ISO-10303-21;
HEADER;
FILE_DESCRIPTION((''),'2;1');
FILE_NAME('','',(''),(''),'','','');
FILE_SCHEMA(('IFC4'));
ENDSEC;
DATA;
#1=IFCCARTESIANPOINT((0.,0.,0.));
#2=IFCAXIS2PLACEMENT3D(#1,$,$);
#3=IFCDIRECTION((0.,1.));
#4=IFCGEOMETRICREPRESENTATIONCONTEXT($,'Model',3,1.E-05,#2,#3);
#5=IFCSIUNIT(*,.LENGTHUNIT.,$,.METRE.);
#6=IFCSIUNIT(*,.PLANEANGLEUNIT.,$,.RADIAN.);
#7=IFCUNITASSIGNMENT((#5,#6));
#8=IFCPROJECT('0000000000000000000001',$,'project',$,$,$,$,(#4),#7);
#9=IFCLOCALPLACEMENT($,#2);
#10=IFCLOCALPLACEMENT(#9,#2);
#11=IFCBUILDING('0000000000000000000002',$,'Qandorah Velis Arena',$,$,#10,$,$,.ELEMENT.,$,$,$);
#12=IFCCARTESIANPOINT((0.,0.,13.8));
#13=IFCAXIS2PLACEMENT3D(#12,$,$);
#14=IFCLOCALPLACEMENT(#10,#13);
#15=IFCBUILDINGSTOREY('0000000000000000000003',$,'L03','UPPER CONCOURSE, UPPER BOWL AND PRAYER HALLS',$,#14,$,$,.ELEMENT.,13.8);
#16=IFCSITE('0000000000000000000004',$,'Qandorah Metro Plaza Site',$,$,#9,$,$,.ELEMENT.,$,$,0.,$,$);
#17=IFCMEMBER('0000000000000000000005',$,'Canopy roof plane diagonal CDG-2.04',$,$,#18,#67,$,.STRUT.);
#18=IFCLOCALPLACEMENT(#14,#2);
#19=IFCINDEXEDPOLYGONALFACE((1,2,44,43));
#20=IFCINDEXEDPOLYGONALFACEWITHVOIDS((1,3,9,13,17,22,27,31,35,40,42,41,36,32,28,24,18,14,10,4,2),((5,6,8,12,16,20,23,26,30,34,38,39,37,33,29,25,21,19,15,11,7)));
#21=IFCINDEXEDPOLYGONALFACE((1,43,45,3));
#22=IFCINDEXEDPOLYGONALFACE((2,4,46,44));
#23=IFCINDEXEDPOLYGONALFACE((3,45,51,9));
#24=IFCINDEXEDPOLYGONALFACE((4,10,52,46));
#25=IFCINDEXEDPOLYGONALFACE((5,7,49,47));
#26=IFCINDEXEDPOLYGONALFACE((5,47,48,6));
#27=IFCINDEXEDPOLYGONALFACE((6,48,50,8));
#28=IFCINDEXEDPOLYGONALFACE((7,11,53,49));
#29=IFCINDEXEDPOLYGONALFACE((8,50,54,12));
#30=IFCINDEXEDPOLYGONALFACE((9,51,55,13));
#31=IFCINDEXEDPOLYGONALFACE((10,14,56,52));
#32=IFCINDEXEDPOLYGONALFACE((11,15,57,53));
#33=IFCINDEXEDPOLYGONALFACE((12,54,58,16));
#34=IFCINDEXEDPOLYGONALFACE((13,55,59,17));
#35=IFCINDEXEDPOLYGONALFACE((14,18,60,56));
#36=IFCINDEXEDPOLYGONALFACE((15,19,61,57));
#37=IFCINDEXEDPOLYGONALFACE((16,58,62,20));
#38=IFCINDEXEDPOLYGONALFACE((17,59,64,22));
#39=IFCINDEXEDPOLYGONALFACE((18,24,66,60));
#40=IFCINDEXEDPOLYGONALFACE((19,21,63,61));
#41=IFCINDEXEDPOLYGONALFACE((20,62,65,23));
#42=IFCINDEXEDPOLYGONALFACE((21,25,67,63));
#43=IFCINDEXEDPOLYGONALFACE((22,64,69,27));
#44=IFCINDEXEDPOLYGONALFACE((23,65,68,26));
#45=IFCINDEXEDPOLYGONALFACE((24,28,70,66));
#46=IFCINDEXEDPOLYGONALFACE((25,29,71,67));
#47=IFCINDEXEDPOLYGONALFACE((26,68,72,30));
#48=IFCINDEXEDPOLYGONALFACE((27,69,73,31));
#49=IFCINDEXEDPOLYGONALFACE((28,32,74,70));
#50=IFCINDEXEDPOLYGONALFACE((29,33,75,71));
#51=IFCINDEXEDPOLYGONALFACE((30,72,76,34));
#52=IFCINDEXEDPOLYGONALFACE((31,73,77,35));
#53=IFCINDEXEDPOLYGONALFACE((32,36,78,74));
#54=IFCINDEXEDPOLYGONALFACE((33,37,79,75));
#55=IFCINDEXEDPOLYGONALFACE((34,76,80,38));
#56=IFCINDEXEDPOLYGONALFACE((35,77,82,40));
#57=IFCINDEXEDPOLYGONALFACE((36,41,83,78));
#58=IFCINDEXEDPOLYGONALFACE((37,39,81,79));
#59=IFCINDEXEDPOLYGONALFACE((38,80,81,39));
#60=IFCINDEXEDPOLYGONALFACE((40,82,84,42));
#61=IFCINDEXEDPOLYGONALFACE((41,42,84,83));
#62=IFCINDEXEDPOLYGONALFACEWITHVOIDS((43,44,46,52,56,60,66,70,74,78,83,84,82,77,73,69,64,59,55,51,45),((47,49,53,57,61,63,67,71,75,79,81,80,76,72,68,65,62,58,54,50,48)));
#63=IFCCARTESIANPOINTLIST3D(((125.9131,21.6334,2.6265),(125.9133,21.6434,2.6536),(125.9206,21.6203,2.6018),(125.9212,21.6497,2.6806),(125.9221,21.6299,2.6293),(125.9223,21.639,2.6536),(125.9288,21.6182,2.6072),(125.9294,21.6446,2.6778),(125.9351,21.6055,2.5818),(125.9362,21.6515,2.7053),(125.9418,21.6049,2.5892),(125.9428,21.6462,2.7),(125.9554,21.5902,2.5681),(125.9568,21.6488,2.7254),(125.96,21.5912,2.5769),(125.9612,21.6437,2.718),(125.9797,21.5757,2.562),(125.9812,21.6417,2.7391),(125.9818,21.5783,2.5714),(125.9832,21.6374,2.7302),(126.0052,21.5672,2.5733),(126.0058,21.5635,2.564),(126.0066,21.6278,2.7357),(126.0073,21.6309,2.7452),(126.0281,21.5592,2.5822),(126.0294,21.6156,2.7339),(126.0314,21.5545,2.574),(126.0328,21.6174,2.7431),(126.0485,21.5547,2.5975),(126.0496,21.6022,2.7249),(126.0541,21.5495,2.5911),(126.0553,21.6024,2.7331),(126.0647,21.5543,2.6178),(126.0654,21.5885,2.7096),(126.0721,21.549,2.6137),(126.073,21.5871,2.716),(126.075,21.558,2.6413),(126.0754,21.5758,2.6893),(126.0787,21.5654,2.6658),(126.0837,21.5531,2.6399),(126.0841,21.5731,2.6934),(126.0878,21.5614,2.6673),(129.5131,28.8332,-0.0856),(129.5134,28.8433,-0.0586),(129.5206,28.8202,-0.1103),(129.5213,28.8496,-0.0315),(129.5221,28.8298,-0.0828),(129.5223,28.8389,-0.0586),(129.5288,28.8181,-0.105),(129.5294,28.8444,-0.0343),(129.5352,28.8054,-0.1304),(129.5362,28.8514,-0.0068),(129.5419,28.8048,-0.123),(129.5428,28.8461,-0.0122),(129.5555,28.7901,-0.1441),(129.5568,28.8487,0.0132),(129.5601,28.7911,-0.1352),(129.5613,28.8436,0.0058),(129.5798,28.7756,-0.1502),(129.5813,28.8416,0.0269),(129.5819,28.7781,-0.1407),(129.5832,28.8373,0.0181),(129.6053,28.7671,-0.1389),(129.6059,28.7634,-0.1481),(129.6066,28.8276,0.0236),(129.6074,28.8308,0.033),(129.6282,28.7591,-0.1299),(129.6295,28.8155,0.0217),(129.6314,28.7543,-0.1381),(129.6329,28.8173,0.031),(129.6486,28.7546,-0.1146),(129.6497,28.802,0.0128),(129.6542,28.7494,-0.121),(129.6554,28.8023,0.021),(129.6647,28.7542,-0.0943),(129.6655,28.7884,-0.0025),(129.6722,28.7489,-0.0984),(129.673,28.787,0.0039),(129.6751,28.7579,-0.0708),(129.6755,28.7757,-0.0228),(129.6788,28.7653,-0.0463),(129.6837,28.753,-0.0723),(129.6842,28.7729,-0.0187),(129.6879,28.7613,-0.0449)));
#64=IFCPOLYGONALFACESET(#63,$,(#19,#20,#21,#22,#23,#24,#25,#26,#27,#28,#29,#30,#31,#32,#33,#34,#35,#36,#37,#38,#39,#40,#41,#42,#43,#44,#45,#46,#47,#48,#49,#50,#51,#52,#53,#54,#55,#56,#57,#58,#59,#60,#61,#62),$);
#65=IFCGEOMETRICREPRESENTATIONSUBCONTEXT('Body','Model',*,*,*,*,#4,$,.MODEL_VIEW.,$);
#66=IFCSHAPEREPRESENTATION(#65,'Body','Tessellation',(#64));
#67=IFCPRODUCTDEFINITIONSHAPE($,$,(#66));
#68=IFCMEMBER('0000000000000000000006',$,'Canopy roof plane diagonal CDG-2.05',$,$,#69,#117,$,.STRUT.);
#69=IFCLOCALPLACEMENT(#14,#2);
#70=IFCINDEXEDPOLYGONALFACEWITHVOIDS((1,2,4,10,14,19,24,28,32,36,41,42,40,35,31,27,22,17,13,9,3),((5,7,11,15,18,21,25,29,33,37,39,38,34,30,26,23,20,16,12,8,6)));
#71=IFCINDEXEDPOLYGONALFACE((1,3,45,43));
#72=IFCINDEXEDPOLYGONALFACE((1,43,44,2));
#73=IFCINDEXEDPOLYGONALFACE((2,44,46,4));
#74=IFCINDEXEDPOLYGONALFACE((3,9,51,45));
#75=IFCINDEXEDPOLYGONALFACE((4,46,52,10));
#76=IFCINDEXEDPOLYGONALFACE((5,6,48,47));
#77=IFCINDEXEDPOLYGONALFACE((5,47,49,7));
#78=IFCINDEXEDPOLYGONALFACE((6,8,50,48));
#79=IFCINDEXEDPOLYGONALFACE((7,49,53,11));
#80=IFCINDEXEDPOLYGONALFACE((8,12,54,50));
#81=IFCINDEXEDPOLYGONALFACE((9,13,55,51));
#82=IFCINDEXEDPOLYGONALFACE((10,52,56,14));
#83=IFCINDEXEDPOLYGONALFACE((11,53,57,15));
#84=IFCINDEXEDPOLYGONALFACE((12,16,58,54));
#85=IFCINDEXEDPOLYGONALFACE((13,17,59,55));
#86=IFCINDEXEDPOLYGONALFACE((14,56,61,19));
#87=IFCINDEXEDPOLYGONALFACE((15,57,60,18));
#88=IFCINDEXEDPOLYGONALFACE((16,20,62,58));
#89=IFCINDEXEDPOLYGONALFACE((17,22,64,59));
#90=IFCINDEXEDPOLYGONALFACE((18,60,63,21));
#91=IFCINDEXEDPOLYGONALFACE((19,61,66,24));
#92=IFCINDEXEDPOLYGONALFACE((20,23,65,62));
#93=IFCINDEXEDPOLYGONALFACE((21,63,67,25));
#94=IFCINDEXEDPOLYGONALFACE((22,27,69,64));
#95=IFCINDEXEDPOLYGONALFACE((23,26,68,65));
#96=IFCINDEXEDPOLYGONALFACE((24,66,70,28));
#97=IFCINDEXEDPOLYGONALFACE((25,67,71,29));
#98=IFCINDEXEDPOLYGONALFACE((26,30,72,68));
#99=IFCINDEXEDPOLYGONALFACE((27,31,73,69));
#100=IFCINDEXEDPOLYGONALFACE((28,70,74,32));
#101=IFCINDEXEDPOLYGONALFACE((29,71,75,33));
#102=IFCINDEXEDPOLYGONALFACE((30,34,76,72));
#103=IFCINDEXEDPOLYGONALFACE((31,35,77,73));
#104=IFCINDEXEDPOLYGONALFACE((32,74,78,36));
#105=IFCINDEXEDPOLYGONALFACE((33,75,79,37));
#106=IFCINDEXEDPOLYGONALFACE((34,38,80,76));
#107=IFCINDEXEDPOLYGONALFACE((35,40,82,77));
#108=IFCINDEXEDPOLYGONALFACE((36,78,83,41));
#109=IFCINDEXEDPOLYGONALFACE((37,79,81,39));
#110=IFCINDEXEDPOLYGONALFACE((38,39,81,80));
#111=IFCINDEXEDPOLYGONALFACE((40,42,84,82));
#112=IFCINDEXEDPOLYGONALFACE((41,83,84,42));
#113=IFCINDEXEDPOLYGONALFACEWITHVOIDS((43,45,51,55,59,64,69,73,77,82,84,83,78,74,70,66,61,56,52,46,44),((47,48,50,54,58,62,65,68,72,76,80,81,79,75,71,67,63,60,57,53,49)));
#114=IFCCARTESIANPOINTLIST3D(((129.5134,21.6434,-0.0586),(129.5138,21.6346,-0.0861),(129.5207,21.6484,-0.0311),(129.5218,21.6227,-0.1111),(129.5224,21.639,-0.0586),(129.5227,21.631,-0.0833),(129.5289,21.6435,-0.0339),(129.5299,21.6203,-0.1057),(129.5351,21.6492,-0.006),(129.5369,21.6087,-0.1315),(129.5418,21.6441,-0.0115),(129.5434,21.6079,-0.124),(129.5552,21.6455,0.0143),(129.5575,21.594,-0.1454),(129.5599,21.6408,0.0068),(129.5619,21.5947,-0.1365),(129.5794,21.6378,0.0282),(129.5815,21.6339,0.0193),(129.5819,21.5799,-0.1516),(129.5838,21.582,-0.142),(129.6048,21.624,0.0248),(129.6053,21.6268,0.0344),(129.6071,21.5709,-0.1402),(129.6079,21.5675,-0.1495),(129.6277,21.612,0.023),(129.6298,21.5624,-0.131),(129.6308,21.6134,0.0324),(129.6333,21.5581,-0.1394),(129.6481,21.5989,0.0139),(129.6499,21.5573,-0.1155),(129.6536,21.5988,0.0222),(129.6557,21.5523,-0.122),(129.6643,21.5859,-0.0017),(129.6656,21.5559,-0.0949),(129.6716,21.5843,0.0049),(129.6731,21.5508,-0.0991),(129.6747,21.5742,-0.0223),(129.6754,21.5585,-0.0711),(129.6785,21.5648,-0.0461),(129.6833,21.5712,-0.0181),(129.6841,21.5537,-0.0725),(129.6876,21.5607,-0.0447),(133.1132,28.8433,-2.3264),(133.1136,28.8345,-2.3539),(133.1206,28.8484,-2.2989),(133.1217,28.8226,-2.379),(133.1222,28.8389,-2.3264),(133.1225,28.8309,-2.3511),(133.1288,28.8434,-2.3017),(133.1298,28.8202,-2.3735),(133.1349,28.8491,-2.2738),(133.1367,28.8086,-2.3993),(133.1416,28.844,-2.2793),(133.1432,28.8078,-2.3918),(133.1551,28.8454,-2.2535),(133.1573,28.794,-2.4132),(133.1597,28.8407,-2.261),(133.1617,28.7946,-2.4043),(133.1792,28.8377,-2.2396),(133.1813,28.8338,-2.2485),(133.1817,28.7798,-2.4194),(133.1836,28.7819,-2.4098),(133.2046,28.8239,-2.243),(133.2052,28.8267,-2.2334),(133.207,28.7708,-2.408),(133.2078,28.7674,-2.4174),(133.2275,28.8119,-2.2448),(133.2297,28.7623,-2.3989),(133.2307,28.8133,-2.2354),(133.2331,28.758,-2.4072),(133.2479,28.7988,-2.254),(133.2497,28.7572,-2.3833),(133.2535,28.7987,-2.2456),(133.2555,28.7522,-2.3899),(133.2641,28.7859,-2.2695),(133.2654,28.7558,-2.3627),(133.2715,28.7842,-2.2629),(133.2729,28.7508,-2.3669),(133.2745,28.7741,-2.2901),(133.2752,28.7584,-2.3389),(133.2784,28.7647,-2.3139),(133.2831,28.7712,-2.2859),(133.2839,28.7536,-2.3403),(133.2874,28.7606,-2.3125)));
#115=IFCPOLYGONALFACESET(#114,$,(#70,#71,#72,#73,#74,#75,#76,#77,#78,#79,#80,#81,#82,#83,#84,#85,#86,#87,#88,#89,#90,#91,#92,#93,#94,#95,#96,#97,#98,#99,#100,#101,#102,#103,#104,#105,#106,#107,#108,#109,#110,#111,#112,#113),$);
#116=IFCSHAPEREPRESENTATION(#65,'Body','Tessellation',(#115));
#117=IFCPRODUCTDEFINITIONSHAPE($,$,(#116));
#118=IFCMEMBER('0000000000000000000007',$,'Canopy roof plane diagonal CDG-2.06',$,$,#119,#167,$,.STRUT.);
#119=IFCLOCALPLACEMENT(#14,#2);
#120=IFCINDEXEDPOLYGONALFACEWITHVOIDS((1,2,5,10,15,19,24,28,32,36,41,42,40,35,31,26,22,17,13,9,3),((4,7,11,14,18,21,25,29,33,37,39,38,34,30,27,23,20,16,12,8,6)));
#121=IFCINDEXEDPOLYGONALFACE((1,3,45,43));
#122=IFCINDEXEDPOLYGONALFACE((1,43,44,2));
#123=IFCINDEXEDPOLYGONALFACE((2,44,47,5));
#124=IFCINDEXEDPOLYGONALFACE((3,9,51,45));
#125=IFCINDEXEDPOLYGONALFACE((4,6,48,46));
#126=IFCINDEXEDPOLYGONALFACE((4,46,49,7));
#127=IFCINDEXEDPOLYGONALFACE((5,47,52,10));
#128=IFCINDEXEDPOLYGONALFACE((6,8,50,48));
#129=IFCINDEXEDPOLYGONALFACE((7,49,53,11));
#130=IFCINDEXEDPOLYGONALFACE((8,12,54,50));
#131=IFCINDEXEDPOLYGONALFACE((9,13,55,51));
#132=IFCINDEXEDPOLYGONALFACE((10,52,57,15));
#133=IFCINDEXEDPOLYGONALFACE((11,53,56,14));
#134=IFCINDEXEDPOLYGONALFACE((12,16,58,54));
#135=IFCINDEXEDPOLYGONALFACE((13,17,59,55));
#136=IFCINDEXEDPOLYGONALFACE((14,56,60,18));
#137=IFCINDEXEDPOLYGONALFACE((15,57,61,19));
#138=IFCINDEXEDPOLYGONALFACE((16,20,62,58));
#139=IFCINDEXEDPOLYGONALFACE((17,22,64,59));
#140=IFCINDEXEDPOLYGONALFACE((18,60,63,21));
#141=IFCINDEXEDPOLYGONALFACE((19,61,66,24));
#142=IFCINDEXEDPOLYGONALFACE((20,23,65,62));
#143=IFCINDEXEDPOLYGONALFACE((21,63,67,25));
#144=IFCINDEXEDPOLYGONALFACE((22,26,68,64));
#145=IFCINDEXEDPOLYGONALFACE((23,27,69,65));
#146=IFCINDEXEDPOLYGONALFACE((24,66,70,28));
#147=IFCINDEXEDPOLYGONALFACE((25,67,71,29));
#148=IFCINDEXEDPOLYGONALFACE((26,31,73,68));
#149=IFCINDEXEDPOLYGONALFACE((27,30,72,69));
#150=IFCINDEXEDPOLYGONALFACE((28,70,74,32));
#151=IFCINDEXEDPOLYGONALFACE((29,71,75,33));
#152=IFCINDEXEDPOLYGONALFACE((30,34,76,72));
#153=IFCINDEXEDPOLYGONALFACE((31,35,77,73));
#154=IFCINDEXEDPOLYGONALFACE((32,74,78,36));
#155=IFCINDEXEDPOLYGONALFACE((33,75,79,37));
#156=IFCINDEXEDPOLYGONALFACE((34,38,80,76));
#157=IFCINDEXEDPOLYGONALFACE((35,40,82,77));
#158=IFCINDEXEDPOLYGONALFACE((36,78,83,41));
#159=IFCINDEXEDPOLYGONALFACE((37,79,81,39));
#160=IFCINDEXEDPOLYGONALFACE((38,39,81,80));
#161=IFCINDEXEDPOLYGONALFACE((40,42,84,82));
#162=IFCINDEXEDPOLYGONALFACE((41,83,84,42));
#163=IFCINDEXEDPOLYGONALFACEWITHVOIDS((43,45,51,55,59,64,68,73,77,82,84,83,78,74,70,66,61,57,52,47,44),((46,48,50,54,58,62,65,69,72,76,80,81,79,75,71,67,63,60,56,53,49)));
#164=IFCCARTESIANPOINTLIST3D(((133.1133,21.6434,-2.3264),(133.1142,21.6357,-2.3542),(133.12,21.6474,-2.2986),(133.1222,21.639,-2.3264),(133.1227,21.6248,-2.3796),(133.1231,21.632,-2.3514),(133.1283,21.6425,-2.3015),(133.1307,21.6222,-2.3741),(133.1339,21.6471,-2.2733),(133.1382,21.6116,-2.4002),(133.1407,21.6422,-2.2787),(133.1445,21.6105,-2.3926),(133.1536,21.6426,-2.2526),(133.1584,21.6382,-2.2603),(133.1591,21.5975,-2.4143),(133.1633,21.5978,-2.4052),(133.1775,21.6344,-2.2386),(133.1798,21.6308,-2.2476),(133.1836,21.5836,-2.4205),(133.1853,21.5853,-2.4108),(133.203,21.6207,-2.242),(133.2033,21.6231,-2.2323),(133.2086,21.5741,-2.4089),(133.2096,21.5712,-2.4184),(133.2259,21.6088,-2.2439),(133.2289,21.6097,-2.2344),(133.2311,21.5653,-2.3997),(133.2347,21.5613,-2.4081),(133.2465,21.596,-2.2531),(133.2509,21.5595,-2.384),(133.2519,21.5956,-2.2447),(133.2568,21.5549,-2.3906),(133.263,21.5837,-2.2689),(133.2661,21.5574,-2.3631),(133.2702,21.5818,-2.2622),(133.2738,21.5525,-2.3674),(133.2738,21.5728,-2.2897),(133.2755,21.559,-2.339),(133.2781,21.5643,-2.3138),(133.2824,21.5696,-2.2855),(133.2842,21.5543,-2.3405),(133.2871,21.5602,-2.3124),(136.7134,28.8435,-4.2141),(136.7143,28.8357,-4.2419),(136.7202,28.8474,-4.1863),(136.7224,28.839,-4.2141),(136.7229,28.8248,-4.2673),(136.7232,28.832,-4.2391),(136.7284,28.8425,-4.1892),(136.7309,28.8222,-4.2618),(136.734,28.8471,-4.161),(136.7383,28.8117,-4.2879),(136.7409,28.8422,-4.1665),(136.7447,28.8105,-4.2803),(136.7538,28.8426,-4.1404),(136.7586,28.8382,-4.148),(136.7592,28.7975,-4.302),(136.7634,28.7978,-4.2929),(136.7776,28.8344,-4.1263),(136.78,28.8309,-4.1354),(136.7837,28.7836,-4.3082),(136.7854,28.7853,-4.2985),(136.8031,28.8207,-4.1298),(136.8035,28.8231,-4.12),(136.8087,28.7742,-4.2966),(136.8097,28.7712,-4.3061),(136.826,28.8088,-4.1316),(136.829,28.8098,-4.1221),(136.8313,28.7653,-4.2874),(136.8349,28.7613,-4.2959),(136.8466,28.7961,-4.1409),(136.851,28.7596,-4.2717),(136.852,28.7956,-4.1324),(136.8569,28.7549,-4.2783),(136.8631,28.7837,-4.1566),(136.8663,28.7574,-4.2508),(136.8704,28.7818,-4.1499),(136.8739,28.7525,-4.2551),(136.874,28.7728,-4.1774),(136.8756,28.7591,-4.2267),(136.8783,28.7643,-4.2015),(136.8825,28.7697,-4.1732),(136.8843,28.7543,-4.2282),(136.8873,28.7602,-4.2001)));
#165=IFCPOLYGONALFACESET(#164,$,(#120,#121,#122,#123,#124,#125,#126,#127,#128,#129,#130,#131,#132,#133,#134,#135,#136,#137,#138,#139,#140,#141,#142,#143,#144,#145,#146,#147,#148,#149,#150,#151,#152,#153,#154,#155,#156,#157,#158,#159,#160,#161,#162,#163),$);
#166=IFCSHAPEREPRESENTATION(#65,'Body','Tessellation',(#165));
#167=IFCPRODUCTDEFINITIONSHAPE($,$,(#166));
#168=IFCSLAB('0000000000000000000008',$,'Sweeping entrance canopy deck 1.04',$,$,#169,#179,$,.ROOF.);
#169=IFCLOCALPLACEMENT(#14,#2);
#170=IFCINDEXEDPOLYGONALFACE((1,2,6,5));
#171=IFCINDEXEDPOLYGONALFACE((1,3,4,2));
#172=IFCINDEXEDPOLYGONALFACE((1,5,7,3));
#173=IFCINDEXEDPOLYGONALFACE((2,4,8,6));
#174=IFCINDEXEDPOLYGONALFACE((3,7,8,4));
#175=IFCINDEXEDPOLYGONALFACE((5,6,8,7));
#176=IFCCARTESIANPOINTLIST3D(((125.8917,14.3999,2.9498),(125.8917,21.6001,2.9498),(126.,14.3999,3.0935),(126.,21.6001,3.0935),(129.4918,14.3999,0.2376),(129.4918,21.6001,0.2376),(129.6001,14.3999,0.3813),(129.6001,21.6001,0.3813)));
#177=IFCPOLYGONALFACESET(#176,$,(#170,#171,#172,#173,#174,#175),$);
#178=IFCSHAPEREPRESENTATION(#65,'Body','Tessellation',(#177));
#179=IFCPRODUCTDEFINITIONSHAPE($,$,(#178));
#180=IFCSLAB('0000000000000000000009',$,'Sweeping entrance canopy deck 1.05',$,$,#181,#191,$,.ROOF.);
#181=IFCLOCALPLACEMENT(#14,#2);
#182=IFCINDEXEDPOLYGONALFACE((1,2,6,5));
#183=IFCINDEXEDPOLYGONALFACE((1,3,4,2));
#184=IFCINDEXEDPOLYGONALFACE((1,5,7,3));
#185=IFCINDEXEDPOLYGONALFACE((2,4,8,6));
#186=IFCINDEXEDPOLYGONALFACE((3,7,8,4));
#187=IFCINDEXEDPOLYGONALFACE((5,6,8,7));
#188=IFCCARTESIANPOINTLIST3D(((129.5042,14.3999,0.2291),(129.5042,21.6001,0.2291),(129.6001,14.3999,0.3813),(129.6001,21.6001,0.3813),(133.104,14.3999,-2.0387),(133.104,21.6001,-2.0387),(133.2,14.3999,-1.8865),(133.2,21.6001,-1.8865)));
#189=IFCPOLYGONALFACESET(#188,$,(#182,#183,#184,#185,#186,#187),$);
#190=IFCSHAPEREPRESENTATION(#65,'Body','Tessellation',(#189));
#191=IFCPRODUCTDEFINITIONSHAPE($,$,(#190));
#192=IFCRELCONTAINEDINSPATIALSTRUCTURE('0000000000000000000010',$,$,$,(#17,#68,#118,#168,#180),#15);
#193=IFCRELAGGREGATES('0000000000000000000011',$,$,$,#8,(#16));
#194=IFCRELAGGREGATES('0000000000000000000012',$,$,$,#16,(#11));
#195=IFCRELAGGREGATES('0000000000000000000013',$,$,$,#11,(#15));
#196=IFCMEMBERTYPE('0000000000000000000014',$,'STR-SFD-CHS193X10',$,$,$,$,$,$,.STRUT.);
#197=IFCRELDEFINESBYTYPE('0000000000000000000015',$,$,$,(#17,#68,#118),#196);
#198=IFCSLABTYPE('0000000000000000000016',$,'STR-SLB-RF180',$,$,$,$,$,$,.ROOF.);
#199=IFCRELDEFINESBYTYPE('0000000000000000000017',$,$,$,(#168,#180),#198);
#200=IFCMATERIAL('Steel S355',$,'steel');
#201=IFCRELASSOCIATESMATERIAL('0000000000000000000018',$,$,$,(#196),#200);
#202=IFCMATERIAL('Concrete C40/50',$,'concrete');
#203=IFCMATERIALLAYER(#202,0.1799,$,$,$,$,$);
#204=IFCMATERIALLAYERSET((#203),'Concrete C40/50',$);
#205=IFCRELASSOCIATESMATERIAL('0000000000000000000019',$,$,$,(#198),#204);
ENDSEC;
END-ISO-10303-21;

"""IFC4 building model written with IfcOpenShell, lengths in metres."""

from ifc_helpers import new_model, si_unit, direction, frame, origin, origin_2d, place, context, subcontext, project, spatial, polyline, hollow_circle, outline, extrude, material, layer, layer_set, material_profile, profile_set, type_object, element, save


model = new_model("IFC4")

# Units and contexts
model_context = context("Model", 3, precision=1e-05, world=origin(), true_north=direction((0.0, 1.0)))
body_context = subcontext(model_context, "Body", "Model", "MODEL_VIEW")
ifc_project = project(units=[si_unit("LENGTHUNIT", "METRE"), si_unit("PLANEANGLEUNIT", "RADIAN")], contexts=[model_context])

# Site, building, storey
site_placement = place(None, origin())
site = spatial("IfcSite", under=ifc_project, at=site_placement, Name="Qandorah Metro Plaza Site", CompositionType="ELEMENT", RefElevation=0.0)
building_placement = place(site_placement, origin())
building = spatial("IfcBuilding", under=site, at=building_placement, Name="Qandorah Velis Arena", CompositionType="ELEMENT")
storey_placement = place(building_placement, frame((0.0, 0.0, 13.8)))
storey = spatial("IfcBuildingStorey", under=building, at=storey_placement, Name="L03", Description="UPPER CONCOURSE, UPPER BOWL AND PRAYER HALLS", CompositionType="ELEMENT", Elevation=13.8)

# Shared definitions
ifc_material_1 = material(Name="Steel S355", Category="steel")

# Members
ifc_material_profile_1 = material_profile(ifc_material_1, hollow_circle(Radius=0.0969, WallThickness=0.01, at=origin_2d()), Name="CHS 193.7x10")
ifc_profile_set_1 = profile_set([ifc_material_profile_1], Name="Steel S355")
member_type_1 = type_object("IfcMemberType", Name="STR-SFD-CHS193X10", PredefinedType="STRUT", material=ifc_profile_set_1)
member_1_placement = place(storey_placement, frame((126.0, 21.6001, 2.6536), z_axis=(0.423817, 0.847606, -0.319286), x_axis=(-0.894421, 0.447226, 0.0)))
element("IfcMember", 1, at=member_1_placement, inside=storey, type_object=member_type_1, Name="Canopy roof plane diagonal CDG-2.04", PredefinedType="STRUT", context=body_context, shape_type="SweptSolid", body=[
    extrude(hollow_circle(Radius=0.0969, WallThickness=0.01, at=origin_2d()), origin(), (0.0, 0.0, 1.0), 8.4944),
])
member_2_placement = place(storey_placement, frame((129.6001, 21.6001, -0.0586), z_axis=(0.430445, 0.86092, -0.27117), x_axis=(-0.894433, 0.447201, 0.0)))
element("IfcMember", 2, at=member_2_placement, inside=storey, type_object=member_type_1, Name="Canopy roof plane diagonal CDG-2.05", PredefinedType="STRUT", context=body_context, shape_type="SweptSolid", body=[
    extrude(hollow_circle(Radius=0.0969, WallThickness=0.01, at=origin_2d()), origin(), (0.0, 0.0, 1.0), 8.363),
])
member_3_placement = place(storey_placement, frame((133.2, 21.6001, -2.3264), z_axis=(0.435414, 0.870799, -0.228307), x_axis=(-0.894421, 0.447226, 0.0)))
element("IfcMember", 3, at=member_3_placement, inside=storey, type_object=member_type_1, Name="Canopy roof plane diagonal CDG-2.06", PredefinedType="STRUT", context=body_context, shape_type="SweptSolid", body=[
    extrude(hollow_circle(Radius=0.0969, WallThickness=0.01, at=origin_2d()), origin(), (0.0, 0.0, 1.0), 8.2683),
])

# Slabs
ifc_material_2 = material(Name="Concrete C40/50", Category="concrete")
ifc_layer_1 = layer(ifc_material_2, 0.1799)
ifc_layer_set_1 = layer_set([ifc_layer_1], Name="Concrete C40/50")
slab_type = type_object("IfcSlabType", Name="STR-SLB-RF180", PredefinedType="ROOF", material=ifc_layer_set_1)
slab_1_placement = place(storey_placement, frame((126.0, 14.3999, 3.0935), z_axis=(0.601715, 0.0, 0.798711), x_axis=(0.798711, 0.0, -0.601715)))
element("IfcSlab", 4, at=slab_1_placement, inside=storey, type_object=slab_type, Name="Sweeping entrance canopy deck 1.04", PredefinedType="ROOF", context=body_context, shape_type="SweptSolid", body=[
    extrude(outline(polyline([(0.0, 0.0), (4.5074, 0.0), (4.5074, 7.2002), (0.0, 7.2002), (0.0, 0.0)])), origin(), (0.0, 0.0, -1.0), 0.1799),
])
slab_2_placement = place(storey_placement, frame((129.6001, 14.3999, 0.3813), z_axis=(0.533023, 0.0, 0.846101), x_axis=(0.846101, 0.0, -0.533023)))
element("IfcSlab", 5, at=slab_2_placement, inside=storey, type_object=slab_type, Name="Sweeping entrance canopy deck 1.05", PredefinedType="ROOF", context=body_context, shape_type="SweptSolid", body=[
    extrude(outline(polyline([(0.0, 0.0), (4.2546, 0.0), (4.2546, 7.2002), (0.0, 7.2002), (0.0, 0.0)])), origin(), (0.0, 0.0, -1.0), 0.1799),
])

save(model, "model.ifc")
